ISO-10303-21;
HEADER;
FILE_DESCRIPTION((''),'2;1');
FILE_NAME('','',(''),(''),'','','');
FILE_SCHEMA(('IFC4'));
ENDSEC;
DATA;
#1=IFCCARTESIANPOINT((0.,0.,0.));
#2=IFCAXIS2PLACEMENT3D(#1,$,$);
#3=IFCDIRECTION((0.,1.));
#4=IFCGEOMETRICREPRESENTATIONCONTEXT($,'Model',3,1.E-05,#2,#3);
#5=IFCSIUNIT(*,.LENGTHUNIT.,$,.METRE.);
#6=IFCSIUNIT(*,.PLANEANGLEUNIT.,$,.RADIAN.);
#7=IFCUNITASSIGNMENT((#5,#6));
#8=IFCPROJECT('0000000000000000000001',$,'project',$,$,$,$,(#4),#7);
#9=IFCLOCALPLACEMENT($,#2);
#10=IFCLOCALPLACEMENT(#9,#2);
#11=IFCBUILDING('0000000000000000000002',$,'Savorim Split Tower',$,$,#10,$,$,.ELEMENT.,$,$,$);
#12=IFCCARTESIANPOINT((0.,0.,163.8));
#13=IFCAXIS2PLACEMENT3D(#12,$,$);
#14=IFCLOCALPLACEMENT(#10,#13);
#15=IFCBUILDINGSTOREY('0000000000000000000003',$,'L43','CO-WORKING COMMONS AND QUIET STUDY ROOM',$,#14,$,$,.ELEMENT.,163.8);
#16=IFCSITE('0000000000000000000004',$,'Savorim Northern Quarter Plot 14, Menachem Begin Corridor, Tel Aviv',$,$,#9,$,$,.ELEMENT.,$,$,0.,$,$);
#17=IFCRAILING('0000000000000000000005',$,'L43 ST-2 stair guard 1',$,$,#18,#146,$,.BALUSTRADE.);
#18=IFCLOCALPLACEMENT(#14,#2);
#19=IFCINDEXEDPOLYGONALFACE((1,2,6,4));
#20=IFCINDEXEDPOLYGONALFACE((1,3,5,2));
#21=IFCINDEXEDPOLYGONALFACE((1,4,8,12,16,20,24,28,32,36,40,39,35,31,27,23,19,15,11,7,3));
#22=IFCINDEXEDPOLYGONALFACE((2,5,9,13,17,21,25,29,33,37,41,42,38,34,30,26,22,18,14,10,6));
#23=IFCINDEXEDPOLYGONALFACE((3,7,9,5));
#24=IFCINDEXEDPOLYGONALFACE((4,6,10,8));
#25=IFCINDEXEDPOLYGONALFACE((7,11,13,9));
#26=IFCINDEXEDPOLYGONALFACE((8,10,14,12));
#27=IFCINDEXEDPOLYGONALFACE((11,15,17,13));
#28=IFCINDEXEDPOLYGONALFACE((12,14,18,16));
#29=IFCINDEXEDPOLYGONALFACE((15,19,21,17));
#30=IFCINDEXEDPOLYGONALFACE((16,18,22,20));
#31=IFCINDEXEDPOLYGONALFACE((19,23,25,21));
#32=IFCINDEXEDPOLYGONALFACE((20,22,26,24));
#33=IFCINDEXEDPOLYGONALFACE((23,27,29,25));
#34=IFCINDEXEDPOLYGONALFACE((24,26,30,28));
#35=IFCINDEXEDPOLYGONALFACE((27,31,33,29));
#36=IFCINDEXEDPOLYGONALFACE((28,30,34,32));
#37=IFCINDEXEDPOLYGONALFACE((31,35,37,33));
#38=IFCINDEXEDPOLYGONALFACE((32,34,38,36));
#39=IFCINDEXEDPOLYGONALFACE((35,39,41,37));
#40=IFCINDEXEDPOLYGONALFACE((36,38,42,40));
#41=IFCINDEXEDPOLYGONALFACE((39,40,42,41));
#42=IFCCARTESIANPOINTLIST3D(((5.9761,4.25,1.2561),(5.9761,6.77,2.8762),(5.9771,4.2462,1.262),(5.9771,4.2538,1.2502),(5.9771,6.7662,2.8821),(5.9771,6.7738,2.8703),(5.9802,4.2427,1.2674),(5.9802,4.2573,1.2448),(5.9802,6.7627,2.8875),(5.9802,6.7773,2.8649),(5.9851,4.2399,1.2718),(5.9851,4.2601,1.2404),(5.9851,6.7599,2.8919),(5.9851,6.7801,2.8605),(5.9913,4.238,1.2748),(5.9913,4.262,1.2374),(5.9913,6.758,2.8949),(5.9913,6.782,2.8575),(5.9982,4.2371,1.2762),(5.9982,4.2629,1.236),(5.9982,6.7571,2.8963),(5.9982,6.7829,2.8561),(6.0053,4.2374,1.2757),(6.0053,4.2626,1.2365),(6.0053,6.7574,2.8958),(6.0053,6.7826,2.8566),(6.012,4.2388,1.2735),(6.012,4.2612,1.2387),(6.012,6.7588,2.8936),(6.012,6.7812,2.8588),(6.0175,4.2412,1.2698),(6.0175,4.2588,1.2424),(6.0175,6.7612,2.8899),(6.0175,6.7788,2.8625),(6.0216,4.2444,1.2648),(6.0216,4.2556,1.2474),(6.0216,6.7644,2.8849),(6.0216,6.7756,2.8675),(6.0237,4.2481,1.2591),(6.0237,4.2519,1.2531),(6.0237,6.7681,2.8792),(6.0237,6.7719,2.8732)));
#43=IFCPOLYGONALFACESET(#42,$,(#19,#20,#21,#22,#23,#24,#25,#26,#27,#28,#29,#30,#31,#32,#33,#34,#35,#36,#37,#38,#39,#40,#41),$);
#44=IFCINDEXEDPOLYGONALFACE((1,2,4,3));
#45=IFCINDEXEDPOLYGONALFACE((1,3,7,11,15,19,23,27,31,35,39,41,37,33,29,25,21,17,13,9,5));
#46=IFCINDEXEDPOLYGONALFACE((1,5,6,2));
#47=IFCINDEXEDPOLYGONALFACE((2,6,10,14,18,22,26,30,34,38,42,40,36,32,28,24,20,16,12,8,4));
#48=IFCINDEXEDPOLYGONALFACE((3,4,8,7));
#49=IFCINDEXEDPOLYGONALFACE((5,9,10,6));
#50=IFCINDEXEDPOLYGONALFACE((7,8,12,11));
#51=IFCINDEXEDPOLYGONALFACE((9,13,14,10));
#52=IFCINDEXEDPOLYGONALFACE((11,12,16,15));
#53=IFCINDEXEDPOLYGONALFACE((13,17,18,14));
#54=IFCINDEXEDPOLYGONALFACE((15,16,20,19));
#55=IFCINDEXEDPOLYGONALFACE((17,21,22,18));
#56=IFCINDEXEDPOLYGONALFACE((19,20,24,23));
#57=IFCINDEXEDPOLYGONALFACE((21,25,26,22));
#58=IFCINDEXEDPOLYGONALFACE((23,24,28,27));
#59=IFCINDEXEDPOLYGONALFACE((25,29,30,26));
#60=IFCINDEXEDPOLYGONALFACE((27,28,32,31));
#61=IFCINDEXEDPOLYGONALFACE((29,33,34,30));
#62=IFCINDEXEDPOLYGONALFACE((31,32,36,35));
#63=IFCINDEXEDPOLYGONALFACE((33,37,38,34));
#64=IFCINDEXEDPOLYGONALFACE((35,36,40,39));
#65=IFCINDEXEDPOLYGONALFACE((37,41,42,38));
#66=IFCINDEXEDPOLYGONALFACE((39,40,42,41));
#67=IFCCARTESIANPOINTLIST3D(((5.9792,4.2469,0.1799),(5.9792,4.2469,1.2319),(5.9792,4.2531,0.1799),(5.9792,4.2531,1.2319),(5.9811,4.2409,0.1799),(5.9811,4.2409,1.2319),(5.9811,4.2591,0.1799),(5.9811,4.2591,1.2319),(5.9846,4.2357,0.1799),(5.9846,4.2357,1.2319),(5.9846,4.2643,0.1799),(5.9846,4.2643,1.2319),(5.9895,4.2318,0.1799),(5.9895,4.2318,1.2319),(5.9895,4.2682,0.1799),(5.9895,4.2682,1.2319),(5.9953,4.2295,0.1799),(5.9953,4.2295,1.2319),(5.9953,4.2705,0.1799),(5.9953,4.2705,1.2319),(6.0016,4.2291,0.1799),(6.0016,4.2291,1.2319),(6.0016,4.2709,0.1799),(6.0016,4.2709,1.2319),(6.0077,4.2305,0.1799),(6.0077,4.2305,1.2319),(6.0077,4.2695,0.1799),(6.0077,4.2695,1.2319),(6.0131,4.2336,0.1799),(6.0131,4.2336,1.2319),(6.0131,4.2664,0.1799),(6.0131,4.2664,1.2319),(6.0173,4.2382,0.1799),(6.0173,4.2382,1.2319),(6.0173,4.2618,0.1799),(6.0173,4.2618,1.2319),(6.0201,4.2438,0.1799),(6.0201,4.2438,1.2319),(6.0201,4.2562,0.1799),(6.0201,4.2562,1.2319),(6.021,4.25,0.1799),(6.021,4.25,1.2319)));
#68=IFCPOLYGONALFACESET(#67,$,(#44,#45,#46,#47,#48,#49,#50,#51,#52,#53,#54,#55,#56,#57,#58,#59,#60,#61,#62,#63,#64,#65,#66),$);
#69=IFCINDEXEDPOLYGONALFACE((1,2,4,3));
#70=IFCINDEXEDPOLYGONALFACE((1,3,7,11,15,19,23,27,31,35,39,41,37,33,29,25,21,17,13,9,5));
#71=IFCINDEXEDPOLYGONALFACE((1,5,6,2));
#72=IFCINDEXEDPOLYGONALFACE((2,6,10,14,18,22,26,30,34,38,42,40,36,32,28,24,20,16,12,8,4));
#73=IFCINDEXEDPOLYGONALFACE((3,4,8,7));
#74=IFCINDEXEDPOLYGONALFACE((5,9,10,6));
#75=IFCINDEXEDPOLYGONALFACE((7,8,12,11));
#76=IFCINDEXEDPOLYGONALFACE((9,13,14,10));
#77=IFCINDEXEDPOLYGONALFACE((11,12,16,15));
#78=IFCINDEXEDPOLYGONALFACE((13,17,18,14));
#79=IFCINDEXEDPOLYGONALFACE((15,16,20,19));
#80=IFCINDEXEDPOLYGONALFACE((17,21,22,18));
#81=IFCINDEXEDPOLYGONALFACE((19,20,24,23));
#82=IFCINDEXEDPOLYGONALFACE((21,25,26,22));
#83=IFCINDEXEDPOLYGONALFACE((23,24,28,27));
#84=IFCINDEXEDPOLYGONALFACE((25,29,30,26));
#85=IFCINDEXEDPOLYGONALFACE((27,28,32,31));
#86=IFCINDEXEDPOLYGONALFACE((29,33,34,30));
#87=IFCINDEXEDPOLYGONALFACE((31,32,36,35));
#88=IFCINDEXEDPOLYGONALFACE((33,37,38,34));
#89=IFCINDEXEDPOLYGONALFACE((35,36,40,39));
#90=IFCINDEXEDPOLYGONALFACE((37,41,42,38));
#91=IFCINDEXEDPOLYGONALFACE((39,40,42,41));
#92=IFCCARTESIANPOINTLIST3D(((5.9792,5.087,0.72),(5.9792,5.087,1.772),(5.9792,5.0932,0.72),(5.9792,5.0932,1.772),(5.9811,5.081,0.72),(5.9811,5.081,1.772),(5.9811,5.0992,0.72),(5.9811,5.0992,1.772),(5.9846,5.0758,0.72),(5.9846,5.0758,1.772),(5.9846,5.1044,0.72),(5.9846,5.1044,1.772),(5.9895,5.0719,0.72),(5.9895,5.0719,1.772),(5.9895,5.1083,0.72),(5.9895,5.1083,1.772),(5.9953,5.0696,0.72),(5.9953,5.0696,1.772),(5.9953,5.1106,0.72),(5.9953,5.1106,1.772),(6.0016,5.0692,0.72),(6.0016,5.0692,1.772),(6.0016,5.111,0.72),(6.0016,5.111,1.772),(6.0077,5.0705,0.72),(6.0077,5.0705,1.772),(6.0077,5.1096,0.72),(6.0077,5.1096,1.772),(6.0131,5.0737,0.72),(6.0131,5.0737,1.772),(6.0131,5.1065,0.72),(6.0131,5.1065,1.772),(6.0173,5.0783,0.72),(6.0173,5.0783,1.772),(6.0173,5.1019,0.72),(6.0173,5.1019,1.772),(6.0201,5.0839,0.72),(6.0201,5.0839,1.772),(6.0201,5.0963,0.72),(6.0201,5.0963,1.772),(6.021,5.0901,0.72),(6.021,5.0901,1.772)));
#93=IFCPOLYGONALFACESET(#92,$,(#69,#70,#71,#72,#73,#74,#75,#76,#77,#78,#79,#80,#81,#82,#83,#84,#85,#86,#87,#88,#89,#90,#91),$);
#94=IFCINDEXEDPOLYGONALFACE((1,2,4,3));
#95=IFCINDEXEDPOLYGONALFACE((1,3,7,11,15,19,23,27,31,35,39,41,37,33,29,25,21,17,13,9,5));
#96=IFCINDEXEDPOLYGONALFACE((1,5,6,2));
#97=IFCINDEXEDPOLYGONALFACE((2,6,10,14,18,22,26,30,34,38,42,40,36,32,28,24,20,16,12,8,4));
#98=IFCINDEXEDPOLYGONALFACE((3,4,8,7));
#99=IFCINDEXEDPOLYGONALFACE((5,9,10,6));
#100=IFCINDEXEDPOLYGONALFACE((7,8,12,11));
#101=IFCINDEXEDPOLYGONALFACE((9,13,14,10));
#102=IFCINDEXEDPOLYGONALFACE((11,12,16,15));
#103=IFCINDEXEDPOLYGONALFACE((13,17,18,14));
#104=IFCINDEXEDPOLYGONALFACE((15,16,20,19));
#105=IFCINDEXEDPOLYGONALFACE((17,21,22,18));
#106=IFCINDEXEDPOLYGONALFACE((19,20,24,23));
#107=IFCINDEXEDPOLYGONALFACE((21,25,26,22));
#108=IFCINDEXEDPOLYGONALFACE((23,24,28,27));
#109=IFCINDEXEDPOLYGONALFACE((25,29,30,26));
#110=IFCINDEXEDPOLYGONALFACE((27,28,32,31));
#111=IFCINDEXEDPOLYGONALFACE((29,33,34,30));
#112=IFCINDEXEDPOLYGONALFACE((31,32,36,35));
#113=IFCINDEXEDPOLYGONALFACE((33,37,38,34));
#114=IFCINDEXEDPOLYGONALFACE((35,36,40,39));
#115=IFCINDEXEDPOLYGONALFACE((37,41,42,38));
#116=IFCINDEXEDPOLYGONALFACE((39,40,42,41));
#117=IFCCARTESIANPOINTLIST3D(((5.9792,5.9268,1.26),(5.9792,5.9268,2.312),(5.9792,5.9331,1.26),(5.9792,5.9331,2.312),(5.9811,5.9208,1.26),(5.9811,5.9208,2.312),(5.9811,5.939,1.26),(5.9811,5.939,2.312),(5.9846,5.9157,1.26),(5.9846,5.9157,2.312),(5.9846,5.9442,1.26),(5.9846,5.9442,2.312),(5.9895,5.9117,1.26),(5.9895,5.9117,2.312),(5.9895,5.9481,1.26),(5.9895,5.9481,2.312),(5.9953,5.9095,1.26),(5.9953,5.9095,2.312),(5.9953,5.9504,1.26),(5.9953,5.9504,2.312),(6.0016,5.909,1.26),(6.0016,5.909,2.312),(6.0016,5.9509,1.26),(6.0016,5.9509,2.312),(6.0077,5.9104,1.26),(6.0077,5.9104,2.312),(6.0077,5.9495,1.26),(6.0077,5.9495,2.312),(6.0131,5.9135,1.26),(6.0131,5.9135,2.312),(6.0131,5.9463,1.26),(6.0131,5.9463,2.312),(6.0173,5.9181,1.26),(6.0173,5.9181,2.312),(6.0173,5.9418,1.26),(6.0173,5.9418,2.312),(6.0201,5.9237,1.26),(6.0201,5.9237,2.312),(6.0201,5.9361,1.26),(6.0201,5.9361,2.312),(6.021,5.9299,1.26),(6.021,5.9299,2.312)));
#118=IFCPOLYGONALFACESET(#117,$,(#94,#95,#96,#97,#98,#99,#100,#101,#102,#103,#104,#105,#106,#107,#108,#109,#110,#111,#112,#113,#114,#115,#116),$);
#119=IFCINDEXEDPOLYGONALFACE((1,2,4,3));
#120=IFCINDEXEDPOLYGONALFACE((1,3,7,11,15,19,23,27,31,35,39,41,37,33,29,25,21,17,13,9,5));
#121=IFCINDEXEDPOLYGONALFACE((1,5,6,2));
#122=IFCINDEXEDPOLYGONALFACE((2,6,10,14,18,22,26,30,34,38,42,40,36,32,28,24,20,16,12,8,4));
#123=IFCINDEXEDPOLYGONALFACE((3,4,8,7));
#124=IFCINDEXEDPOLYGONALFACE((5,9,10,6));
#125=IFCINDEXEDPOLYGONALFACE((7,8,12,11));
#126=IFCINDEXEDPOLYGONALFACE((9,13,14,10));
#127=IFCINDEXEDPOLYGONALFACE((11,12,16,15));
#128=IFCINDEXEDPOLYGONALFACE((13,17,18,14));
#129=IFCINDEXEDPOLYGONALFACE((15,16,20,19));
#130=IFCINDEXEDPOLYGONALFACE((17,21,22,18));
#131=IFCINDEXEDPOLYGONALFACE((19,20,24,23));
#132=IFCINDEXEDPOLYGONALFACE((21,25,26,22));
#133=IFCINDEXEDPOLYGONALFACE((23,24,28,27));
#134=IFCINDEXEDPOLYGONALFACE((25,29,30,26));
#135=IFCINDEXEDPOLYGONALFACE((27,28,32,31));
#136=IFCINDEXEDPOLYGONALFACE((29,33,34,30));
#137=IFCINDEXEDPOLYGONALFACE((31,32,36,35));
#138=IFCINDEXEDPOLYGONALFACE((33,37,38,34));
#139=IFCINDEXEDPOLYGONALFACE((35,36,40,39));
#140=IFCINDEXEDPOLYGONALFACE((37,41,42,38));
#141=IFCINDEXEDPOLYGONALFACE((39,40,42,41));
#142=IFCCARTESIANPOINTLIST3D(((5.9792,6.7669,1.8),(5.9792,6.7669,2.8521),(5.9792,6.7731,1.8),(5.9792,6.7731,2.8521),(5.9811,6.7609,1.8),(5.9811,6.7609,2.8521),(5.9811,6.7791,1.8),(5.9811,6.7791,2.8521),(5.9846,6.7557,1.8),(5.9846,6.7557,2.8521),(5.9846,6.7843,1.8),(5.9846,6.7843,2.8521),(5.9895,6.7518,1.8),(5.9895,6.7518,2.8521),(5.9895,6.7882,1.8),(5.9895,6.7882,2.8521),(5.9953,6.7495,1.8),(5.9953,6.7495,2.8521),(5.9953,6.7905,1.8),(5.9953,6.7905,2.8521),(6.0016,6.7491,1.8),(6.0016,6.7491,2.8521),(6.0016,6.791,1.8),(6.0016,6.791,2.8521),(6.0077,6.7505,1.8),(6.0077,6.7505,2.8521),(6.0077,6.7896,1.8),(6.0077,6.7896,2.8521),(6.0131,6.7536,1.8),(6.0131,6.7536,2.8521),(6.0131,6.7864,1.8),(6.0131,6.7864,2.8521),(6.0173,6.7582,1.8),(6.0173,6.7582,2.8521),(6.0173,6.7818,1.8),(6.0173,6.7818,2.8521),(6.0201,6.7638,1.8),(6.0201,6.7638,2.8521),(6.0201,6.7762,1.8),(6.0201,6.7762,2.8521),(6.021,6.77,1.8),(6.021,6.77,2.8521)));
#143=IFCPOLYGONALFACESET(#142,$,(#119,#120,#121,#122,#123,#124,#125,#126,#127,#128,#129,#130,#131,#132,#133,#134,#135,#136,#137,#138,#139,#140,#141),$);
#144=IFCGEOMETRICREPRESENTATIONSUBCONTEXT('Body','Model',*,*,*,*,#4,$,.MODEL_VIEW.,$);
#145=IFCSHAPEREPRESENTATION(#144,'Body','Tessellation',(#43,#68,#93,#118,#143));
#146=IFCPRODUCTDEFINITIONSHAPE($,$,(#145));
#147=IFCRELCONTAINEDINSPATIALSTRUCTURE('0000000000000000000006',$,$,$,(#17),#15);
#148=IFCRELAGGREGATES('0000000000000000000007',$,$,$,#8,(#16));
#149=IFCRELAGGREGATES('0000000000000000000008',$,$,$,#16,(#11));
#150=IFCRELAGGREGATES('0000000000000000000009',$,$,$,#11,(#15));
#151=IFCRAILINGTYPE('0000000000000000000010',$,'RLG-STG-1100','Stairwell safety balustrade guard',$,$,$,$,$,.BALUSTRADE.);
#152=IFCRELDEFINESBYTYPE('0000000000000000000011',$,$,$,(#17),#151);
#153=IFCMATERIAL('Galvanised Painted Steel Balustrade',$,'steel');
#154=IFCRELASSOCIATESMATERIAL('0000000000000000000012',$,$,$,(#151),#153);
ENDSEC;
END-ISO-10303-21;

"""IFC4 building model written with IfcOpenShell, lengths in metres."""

from ifc_helpers import new_model, si_unit, direction, frame, origin, origin_2d, place, context, subcontext, project, spatial, circle, extrude, material, type_object, element, save


model = new_model("IFC4")

# Units and contexts
model_context = context("Model", 3, precision=1e-05, world=origin(), true_north=direction((0.0, 1.0)))
body_context = subcontext(model_context, "Body", "Model", "MODEL_VIEW")
ifc_project = project(units=[si_unit("LENGTHUNIT", "METRE"), si_unit("PLANEANGLEUNIT", "RADIAN")], contexts=[model_context])

# Site, building, storey
site_placement = place(None, origin())
site = spatial("IfcSite", under=ifc_project, at=site_placement, Name="Savorim Northern Quarter Plot 14, Menachem Begin Corridor, Tel Aviv", CompositionType="ELEMENT", RefElevation=0.0)
building_placement = place(site_placement, origin())
building = spatial("IfcBuilding", under=site, at=building_placement, Name="Savorim Split Tower", CompositionType="ELEMENT")
storey_placement = place(building_placement, frame((0.0, 0.0, 163.8)))
storey = spatial("IfcBuildingStorey", under=building, at=storey_placement, Name="L43", Description="CO-WORKING COMMONS AND QUIET STUDY ROOM", CompositionType="ELEMENT", Elevation=163.8)

# Railing
ifc_material_1 = material(Name="Galvanised Painted Steel Balustrade", Category="steel")
railing_type_1 = type_object("IfcRailingType", Name="RLG-STG-1100", Description="Stairwell safety balustrade guard", PredefinedType="BALUSTRADE", material=ifc_material_1)
railing_1_placement = place(storey_placement, frame((6.0, 4.25, 0.1799)))
element("IfcRailing", 1, at=railing_1_placement, inside=storey, type_object=railing_type_1, Name="L43 ST-2 stair guard 1", PredefinedType="BALUSTRADE", context=body_context, shape_type="SweptSolid", body=[
    extrude(circle(Radius=0.0239, at=origin_2d()), frame((0.0, 0.0, 1.0762), z_axis=(0.0, 0.841163, 0.540782), x_axis=(-1.0, 0.0, 0.0)), (0.0, 0.0, 1.0), 2.9958),
    extrude(circle(Radius=0.021, at=origin_2d()), origin(), (0.0, 0.0, 1.0), 1.052),
    extrude(circle(Radius=0.021, at=origin_2d()), frame((0.0, 0.8401, 0.54)), (0.0, 0.0, 1.0), 1.052),
    extrude(circle(Radius=0.021, at=origin_2d()), frame((0.0, 1.6799, 1.0801)), (0.0, 0.0, 1.0), 1.052),
    extrude(circle(Radius=0.021, at=origin_2d()), frame((0.0, 2.52, 1.6201)), (0.0, 0.0, 1.0), 1.052),
])

save(model, "model.ifc")
